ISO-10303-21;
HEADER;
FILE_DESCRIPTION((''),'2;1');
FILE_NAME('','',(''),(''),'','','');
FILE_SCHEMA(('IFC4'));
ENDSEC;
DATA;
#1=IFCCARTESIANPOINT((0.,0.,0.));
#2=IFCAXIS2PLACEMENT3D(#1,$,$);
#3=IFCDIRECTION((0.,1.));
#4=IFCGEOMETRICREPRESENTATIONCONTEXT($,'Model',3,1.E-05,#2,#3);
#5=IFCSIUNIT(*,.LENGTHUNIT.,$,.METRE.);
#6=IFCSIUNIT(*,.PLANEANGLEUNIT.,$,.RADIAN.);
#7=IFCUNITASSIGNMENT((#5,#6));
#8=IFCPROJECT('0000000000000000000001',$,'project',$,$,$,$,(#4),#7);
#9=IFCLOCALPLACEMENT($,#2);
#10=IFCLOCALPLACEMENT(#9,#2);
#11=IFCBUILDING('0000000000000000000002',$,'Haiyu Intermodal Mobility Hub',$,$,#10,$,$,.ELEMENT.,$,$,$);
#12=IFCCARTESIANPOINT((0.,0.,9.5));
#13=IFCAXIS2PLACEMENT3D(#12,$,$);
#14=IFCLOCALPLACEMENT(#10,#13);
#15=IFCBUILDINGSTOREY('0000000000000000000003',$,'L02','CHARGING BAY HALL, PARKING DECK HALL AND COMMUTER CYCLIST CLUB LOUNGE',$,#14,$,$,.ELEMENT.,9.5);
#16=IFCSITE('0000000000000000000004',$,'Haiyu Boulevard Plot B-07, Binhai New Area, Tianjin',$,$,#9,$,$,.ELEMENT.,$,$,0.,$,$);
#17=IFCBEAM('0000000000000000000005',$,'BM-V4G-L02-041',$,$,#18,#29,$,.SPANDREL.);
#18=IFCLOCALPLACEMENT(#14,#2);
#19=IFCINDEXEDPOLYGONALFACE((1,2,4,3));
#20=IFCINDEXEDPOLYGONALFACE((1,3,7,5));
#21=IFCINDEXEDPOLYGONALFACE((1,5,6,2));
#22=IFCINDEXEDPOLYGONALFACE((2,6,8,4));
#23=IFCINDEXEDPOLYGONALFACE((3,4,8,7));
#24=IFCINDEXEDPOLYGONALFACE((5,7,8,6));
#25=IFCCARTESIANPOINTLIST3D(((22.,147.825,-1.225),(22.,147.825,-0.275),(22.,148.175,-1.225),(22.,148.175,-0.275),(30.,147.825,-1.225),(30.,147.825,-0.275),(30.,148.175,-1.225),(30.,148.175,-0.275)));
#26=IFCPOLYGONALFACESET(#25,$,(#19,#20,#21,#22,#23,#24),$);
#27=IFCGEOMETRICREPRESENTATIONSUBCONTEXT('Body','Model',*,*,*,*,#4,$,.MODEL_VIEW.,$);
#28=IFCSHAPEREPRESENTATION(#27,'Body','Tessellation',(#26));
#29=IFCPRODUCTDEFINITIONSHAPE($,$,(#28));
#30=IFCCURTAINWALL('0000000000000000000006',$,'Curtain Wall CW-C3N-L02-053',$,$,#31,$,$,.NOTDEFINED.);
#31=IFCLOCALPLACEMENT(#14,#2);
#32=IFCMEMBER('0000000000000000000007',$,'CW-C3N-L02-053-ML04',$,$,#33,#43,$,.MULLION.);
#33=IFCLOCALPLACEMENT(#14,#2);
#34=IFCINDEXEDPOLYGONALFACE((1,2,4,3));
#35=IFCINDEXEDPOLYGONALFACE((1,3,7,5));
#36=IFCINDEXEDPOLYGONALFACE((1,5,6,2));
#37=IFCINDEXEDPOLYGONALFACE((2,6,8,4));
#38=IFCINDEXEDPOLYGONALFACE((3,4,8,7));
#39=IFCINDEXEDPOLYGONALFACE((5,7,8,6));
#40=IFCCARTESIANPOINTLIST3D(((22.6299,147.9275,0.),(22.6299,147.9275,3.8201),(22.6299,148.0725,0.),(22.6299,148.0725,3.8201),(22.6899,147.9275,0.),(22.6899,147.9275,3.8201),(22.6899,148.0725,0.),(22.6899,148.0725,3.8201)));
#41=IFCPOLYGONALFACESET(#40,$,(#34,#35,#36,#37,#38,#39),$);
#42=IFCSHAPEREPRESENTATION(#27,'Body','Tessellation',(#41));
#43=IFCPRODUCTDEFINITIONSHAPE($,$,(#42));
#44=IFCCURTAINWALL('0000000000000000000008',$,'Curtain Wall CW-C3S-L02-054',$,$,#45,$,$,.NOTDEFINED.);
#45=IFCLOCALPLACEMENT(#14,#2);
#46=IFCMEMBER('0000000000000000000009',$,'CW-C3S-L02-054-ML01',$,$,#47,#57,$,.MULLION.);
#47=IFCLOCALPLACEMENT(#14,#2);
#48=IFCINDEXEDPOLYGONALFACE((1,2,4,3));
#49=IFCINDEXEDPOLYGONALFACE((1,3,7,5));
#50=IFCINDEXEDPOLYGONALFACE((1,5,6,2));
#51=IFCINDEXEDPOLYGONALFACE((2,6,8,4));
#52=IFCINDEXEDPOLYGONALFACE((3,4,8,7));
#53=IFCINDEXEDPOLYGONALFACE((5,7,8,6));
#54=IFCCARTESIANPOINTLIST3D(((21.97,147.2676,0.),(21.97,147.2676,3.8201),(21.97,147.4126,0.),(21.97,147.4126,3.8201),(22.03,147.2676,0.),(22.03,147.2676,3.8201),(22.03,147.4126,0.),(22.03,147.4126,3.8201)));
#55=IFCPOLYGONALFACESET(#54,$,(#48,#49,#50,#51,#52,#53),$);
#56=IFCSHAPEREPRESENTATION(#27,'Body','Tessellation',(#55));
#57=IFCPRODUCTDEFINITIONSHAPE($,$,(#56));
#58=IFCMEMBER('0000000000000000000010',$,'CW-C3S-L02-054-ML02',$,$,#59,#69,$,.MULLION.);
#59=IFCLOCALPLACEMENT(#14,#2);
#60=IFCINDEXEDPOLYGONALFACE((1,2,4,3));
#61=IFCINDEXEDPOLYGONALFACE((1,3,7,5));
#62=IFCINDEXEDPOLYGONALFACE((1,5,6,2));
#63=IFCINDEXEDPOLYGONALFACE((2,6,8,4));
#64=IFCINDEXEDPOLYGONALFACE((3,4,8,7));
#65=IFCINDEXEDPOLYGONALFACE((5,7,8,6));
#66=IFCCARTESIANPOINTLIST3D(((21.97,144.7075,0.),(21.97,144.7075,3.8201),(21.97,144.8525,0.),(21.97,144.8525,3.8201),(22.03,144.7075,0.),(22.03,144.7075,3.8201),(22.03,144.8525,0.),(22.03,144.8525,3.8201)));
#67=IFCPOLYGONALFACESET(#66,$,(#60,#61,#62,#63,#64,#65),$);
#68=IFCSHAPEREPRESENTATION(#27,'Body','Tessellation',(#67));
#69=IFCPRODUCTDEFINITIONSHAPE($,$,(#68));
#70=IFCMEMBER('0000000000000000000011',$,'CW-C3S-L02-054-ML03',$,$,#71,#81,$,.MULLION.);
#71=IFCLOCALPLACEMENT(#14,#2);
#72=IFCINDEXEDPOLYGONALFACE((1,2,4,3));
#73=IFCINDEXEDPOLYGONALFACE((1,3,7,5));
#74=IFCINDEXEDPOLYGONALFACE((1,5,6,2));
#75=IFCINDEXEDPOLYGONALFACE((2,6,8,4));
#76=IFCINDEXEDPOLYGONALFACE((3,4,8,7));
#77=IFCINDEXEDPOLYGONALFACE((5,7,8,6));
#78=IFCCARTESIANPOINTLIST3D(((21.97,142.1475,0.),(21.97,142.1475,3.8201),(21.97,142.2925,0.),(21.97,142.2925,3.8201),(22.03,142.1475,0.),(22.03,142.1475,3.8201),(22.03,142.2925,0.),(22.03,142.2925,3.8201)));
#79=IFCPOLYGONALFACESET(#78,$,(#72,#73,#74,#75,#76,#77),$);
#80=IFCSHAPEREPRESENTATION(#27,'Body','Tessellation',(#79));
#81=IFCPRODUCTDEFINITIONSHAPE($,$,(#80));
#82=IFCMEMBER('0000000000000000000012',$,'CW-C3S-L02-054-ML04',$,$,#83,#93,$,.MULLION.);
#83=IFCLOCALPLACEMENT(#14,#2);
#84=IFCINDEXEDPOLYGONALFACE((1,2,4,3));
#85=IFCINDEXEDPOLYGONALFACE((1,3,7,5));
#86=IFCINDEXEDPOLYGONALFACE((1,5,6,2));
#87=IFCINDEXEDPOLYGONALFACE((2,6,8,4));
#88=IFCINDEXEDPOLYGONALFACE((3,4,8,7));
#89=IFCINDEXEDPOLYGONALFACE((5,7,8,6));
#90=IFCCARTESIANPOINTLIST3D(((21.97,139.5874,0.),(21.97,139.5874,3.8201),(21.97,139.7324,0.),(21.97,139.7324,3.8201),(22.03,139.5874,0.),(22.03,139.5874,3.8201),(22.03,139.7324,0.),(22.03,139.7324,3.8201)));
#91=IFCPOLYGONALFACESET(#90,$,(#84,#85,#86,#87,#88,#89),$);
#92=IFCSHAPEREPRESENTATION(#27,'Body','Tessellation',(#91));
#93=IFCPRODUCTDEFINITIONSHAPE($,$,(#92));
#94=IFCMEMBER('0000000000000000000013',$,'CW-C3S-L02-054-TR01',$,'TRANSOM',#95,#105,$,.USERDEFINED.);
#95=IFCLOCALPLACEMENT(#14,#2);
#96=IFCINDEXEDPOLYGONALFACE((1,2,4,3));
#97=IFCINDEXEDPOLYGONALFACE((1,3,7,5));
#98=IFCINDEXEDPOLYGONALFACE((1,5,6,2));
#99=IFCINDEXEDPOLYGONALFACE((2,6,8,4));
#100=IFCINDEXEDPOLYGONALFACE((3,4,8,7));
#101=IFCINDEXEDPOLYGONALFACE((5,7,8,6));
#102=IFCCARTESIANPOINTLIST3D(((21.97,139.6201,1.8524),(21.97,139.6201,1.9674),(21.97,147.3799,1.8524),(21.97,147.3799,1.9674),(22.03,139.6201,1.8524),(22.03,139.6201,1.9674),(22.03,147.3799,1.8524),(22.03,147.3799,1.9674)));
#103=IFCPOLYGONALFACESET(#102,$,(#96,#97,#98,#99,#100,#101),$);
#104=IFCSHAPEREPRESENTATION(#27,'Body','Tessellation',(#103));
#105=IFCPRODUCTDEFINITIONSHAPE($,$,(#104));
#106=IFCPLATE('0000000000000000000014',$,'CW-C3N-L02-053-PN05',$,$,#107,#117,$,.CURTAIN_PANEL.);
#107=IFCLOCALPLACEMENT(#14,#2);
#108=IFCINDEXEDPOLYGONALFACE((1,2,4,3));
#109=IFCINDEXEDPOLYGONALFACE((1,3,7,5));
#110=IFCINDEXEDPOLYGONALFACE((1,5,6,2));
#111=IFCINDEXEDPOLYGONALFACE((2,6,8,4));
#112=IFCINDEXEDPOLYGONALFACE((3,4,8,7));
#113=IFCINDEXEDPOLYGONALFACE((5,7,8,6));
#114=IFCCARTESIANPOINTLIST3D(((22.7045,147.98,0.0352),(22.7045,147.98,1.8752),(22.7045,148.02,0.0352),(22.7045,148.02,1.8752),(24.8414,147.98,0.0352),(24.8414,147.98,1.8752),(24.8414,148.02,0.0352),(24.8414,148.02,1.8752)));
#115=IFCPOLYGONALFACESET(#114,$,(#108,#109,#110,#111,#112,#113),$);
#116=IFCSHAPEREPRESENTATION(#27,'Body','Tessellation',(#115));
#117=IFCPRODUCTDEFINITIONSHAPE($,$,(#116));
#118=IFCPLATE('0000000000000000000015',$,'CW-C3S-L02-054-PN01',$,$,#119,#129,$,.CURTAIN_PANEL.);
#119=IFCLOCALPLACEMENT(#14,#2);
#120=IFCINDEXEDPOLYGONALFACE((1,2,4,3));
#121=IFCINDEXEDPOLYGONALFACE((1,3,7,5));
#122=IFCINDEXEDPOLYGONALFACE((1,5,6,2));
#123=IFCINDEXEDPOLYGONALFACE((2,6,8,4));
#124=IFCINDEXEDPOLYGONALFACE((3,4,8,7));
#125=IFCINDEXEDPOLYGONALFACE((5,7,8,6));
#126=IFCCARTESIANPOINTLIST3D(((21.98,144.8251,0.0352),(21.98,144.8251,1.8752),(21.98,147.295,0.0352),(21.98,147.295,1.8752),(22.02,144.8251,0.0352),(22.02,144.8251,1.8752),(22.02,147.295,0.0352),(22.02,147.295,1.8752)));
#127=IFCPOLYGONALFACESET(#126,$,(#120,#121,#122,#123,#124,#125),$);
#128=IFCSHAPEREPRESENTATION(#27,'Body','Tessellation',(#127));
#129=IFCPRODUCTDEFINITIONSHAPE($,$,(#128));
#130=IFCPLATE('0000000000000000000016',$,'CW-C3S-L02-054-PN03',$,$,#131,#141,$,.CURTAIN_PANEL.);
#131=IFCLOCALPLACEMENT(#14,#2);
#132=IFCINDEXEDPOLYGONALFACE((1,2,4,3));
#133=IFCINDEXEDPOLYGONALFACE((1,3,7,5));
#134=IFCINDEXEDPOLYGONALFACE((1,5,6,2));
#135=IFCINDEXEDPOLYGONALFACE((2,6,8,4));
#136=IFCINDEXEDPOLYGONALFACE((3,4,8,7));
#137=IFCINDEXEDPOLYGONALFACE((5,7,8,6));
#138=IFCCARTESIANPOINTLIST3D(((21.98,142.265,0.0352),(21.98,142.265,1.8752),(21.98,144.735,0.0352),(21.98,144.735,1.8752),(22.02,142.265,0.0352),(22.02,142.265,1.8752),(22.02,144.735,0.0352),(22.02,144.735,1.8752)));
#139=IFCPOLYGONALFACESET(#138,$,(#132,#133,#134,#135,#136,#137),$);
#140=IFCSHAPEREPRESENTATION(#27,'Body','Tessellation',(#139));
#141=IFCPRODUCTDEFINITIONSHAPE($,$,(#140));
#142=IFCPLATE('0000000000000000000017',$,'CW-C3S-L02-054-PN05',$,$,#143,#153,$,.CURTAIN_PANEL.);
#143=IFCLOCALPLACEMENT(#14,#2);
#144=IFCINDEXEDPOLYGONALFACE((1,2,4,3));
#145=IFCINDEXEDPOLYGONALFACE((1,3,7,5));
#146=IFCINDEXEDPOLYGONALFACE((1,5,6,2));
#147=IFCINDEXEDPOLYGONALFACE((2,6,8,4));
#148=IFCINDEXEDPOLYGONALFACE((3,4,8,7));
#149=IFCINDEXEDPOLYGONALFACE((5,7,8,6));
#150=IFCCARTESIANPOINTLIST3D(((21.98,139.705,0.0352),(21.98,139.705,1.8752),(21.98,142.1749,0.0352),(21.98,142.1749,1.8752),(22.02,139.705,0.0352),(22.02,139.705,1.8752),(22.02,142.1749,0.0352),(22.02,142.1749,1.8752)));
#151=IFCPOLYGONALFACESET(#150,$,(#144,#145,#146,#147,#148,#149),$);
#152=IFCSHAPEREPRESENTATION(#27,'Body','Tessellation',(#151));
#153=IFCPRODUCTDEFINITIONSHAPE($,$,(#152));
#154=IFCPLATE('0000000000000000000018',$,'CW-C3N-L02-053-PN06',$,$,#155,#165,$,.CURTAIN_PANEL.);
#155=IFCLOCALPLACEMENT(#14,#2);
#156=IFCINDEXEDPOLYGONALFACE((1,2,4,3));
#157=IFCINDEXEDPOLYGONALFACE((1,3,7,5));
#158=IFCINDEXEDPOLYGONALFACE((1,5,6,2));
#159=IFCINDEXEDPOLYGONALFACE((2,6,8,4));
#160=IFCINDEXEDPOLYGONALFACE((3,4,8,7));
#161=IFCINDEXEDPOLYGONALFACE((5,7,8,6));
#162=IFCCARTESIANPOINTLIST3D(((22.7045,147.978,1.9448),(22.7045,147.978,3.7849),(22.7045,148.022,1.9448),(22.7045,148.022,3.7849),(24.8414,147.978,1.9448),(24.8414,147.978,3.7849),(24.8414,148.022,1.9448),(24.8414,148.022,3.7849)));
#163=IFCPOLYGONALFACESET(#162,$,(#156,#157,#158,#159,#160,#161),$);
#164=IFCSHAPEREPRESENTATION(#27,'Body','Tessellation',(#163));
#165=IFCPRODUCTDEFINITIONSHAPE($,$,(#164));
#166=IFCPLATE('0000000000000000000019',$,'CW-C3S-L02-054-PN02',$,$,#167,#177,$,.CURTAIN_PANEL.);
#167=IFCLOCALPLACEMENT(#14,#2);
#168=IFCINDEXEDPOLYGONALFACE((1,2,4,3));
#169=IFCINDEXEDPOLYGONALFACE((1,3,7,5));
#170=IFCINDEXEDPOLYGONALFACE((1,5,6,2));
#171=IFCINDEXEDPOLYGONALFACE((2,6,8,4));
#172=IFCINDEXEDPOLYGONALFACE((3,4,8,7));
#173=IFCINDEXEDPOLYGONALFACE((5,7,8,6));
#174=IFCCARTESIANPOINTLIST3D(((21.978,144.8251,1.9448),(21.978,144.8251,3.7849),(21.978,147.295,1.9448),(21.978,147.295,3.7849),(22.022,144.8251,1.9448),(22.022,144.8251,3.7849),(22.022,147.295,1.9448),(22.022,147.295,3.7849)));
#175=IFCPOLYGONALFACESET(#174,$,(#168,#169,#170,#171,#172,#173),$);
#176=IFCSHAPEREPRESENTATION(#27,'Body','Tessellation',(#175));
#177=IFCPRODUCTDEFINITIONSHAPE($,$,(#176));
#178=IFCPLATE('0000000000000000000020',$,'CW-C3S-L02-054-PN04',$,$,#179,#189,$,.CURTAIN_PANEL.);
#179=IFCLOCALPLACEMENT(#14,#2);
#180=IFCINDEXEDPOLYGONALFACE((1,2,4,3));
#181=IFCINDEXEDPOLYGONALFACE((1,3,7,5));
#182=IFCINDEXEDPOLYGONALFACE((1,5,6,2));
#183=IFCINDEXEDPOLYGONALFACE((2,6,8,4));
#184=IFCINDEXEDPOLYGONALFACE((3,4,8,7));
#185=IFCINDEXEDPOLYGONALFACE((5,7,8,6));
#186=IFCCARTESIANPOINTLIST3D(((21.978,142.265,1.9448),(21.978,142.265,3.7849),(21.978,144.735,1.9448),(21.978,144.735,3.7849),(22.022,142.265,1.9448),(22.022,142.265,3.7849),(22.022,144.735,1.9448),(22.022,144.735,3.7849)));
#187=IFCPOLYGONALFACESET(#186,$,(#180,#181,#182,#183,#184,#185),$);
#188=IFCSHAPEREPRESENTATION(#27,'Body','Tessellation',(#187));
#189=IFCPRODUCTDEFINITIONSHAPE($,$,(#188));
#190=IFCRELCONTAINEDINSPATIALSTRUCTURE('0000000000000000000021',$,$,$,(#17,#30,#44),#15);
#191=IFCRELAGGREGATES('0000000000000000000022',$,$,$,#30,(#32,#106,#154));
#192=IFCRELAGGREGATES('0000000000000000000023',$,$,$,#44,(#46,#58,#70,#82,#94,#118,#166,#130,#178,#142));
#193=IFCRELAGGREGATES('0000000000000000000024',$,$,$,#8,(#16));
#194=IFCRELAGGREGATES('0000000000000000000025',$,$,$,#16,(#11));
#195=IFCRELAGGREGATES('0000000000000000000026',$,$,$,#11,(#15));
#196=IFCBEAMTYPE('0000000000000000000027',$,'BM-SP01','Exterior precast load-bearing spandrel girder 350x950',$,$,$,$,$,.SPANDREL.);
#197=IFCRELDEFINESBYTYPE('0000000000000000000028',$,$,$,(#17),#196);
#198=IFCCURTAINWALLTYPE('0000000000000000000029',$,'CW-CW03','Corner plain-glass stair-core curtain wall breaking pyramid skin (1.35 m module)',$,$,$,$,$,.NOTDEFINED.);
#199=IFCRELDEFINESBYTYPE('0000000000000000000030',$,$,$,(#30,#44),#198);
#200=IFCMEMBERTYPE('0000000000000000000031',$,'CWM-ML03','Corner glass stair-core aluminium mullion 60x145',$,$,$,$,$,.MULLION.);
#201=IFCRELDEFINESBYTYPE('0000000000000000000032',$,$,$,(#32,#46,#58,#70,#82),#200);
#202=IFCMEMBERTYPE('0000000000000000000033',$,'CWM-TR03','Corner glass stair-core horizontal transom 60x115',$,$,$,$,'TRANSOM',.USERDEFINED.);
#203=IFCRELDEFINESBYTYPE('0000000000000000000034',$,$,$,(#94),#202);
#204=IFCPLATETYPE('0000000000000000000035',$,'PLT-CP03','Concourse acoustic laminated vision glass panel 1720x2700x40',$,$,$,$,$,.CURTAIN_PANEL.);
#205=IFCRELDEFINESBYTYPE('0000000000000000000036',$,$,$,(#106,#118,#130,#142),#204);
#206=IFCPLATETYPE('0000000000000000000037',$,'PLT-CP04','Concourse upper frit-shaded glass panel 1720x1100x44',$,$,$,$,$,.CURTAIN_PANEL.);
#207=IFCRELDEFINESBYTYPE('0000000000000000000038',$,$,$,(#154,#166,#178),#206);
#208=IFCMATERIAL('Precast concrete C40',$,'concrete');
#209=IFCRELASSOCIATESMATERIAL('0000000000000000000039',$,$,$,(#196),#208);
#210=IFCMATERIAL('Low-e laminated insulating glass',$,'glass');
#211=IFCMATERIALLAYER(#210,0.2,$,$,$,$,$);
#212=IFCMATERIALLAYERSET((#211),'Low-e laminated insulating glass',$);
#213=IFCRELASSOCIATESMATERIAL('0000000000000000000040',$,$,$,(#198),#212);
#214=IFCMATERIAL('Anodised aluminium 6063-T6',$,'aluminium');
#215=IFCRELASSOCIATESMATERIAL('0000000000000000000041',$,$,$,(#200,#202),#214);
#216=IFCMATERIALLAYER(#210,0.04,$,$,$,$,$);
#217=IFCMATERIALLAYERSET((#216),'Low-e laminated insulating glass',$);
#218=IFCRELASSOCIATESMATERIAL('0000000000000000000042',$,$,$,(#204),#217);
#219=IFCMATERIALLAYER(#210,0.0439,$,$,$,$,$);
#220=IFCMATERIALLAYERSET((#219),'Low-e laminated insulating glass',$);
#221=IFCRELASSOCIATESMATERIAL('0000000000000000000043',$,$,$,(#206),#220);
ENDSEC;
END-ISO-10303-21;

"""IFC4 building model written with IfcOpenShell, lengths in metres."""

from ifc_helpers import new_model, si_unit, direction, frame, origin, origin_2d, place, context, subcontext, project, spatial, rectangle, extrude, material, layer, layer_set, material_profile, profile_set, type_object, element, aggregate, save


model = new_model("IFC4")

# Units and contexts
model_context = context("Model", 3, precision=1e-05, world=origin(), true_north=direction((0.0, 1.0)))
body_context = subcontext(model_context, "Body", "Model", "MODEL_VIEW")
ifc_project = project(units=[si_unit("LENGTHUNIT", "METRE"), si_unit("PLANEANGLEUNIT", "RADIAN")], contexts=[model_context])

# Site, building, storey
site_placement = place(None, origin())
site = spatial("IfcSite", under=ifc_project, at=site_placement, Name="Haiyu Boulevard Plot B-07, Binhai New Area, Tianjin", CompositionType="ELEMENT", RefElevation=0.0)
building_placement = place(site_placement, origin())
building = spatial("IfcBuilding", under=site, at=building_placement, Name="Haiyu Intermodal Mobility Hub", CompositionType="ELEMENT")
storey_placement = place(building_placement, frame((0.0, 0.0, 9.5)))
storey = spatial("IfcBuildingStorey", under=building, at=storey_placement, Name="L02", Description="CHARGING BAY HALL, PARKING DECK HALL AND COMMUTER CYCLIST CLUB LOUNGE", CompositionType="ELEMENT", Elevation=9.5)

# Beam
ifc_material_1 = material(Name="Precast concrete C40", Category="concrete")
ifc_material_profile_1 = material_profile(ifc_material_1, rectangle(XDim=0.3501, YDim=0.95, at=origin_2d()), Name="PC350x950")
ifc_profile_set_1 = profile_set([ifc_material_profile_1], Name="Precast concrete C40")
beam_type_1 = type_object("IfcBeamType", Name="BM-SP01", Description="Exterior precast load-bearing spandrel girder 350x950", PredefinedType="SPANDREL", material=ifc_profile_set_1)
beam_1_placement = place(storey_placement, frame((22.0, 148.0, -0.75), z_axis=(1.0, 0.0, 0.0), x_axis=(0.0, 1.0, 0.0)))
element("IfcBeam", 1, at=beam_1_placement, inside=storey, type_object=beam_type_1, Name="BM-V4G-L02-041", PredefinedType="SPANDREL", context=body_context, shape_type="SweptSolid", body=[
    extrude(rectangle(XDim=0.3501, YDim=0.95, at=origin_2d()), origin(), (0.0, 0.0, 1.0), 8.0),
])

# Curtain wall, member
ifc_material_2 = material(Name="Low-e laminated insulating glass", Category="glass")
ifc_layer_1 = layer(ifc_material_2, 0.2)
ifc_layer_set_1 = layer_set([ifc_layer_1], Name="Low-e laminated insulating glass")
curtain_wall_type = type_object("IfcCurtainWallType", Name="CW-CW03", Description="Corner plain-glass stair-core curtain wall breaking pyramid skin (1.35 m module)", PredefinedType="NOTDEFINED", material=ifc_layer_set_1)
curtain_wall_1_placement = place(storey_placement, origin())
curtain_wall_1 = element("IfcCurtainWall", 2, at=curtain_wall_1_placement, inside=storey, type_object=curtain_wall_type, Name="Curtain Wall CW-C3N-L02-053", PredefinedType="NOTDEFINED")
ifc_material_3 = material(Name="Anodised aluminium 6063-T6", Category="aluminium")
ifc_material_profile_2 = material_profile(ifc_material_3, rectangle(XDim=0.0601, YDim=0.145, at=origin_2d()), Name="ALU60x145")
ifc_profile_set_2 = profile_set([ifc_material_profile_2], Name="Anodised aluminium 6063-T6")
member_type_1 = type_object("IfcMemberType", Name="CWM-ML03", Description="Corner glass stair-core aluminium mullion 60x145", PredefinedType="MULLION", material=ifc_profile_set_2)
member_1_placement = place(storey_placement, frame((22.6599, 148.0, 0.0), z_axis=(0.0, 0.0, 1.0), x_axis=(1.0, 0.0, 0.0)))
member_1 = element("IfcMember", 3, at=member_1_placement, type_object=member_type_1, Name="CW-C3N-L02-053-ML04", PredefinedType="MULLION", context=body_context, shape_type="SweptSolid", body=[
    extrude(rectangle(XDim=0.0601, YDim=0.145, at=origin_2d()), origin(), (0.0, 0.0, 1.0), 3.8201),
])

# Curtain wall, members
curtain_wall_2_placement = place(storey_placement, origin())
curtain_wall_2 = element("IfcCurtainWall", 4, at=curtain_wall_2_placement, inside=storey, type_object=curtain_wall_type, Name="Curtain Wall CW-C3S-L02-054", PredefinedType="NOTDEFINED")
member_2_placement = place(storey_placement, frame((22.0, 147.3401, 0.0), z_axis=(0.0, 0.0, 1.0), x_axis=(1.0, 0.0, 0.0)))
member_2 = element("IfcMember", 5, at=member_2_placement, type_object=member_type_1, Name="CW-C3S-L02-054-ML01", PredefinedType="MULLION", context=body_context, shape_type="SweptSolid", body=[
    extrude(rectangle(XDim=0.0601, YDim=0.145, at=origin_2d()), origin(), (0.0, 0.0, 1.0), 3.8201),
])
member_3_placement = place(storey_placement, frame((22.0, 144.78, 0.0), z_axis=(0.0, 0.0, 1.0), x_axis=(1.0, 0.0, 0.0)))
member_3 = element("IfcMember", 6, at=member_3_placement, type_object=member_type_1, Name="CW-C3S-L02-054-ML02", PredefinedType="MULLION", context=body_context, shape_type="SweptSolid", body=[
    extrude(rectangle(XDim=0.0601, YDim=0.145, at=origin_2d()), origin(), (0.0, 0.0, 1.0), 3.8201),
])
member_4_placement = place(storey_placement, frame((22.0, 142.22, 0.0), z_axis=(0.0, 0.0, 1.0), x_axis=(1.0, 0.0, 0.0)))
member_4 = element("IfcMember", 7, at=member_4_placement, type_object=member_type_1, Name="CW-C3S-L02-054-ML03", PredefinedType="MULLION", context=body_context, shape_type="SweptSolid", body=[
    extrude(rectangle(XDim=0.0601, YDim=0.145, at=origin_2d()), origin(), (0.0, 0.0, 1.0), 3.8201),
])
member_5_placement = place(storey_placement, frame((22.0, 139.6599, 0.0), z_axis=(0.0, 0.0, 1.0), x_axis=(1.0, 0.0, 0.0)))
member_5 = element("IfcMember", 8, at=member_5_placement, type_object=member_type_1, Name="CW-C3S-L02-054-ML04", PredefinedType="MULLION", context=body_context, shape_type="SweptSolid", body=[
    extrude(rectangle(XDim=0.0601, YDim=0.145, at=origin_2d()), origin(), (0.0, 0.0, 1.0), 3.8201),
])
ifc_material_profile_3 = material_profile(ifc_material_3, rectangle(XDim=0.0601, YDim=0.115, at=origin_2d()), Name="ALU60x115")
ifc_profile_set_3 = profile_set([ifc_material_profile_3], Name="Anodised aluminium 6063-T6")
member_type_2 = type_object("IfcMemberType", Name="CWM-TR03", Description="Corner glass stair-core horizontal transom 60x115", ElementType="TRANSOM", PredefinedType="USERDEFINED", material=ifc_profile_set_3)
member_6_placement = place(storey_placement, frame((22.0, 147.3799, 1.9099), z_axis=(0.0, -1.0, 0.0), x_axis=(1.0, 0.0, 0.0)))
member_6 = element("IfcMember", 9, at=member_6_placement, type_object=member_type_2, Name="CW-C3S-L02-054-TR01", ObjectType="TRANSOM", PredefinedType="USERDEFINED", context=body_context, shape_type="SweptSolid", body=[
    extrude(rectangle(XDim=0.0601, YDim=0.115, at=origin_2d()), origin(), (0.0, 0.0, 1.0), 7.7598),
])

# Plates
ifc_layer_2 = layer(ifc_material_2, 0.04)
ifc_layer_set_2 = layer_set([ifc_layer_2], Name="Low-e laminated insulating glass")
plate_type_1 = type_object("IfcPlateType", Name="PLT-CP03", Description="Concourse acoustic laminated vision glass panel 1720x2700x40", PredefinedType="CURTAIN_PANEL", material=ifc_layer_set_2)
plate_1_placement = place(storey_placement, frame((23.7729, 148.0, 0.0352), z_axis=(0.0, 0.0, 1.0), x_axis=(-1.0, 0.0, 0.0)))
plate_1 = element("IfcPlate", 10, at=plate_1_placement, type_object=plate_type_1, Name="CW-C3N-L02-053-PN05", PredefinedType="CURTAIN_PANEL", context=body_context, shape_type="SweptSolid", body=[
    extrude(rectangle(XDim=2.137, YDim=0.04, at=origin_2d()), origin(), (0.0, 0.0, 1.0), 1.8401),
])
plate_2_placement = place(storey_placement, frame((22.0, 146.0601, 0.0352), z_axis=(0.0, 0.0, 1.0), x_axis=(0.0, -1.0, 0.0)))
plate_2 = element("IfcPlate", 11, at=plate_2_placement, type_object=plate_type_1, Name="CW-C3S-L02-054-PN01", PredefinedType="CURTAIN_PANEL", context=body_context, shape_type="SweptSolid", body=[
    extrude(rectangle(XDim=2.47, YDim=0.04, at=origin_2d()), origin(), (0.0, 0.0, 1.0), 1.8401),
])
plate_3_placement = place(storey_placement, frame((22.0, 143.5, 0.0352), z_axis=(0.0, 0.0, 1.0), x_axis=(0.0, -1.0, 0.0)))
plate_3 = element("IfcPlate", 12, at=plate_3_placement, type_object=plate_type_1, Name="CW-C3S-L02-054-PN03", PredefinedType="CURTAIN_PANEL", context=body_context, shape_type="SweptSolid", body=[
    extrude(rectangle(XDim=2.47, YDim=0.04, at=origin_2d()), origin(), (0.0, 0.0, 1.0), 1.8401),
])
plate_4_placement = place(storey_placement, frame((22.0, 140.9399, 0.0352), z_axis=(0.0, 0.0, 1.0), x_axis=(0.0, -1.0, 0.0)))
plate_4 = element("IfcPlate", 13, at=plate_4_placement, type_object=plate_type_1, Name="CW-C3S-L02-054-PN05", PredefinedType="CURTAIN_PANEL", context=body_context, shape_type="SweptSolid", body=[
    extrude(rectangle(XDim=2.47, YDim=0.04, at=origin_2d()), origin(), (0.0, 0.0, 1.0), 1.8401),
])
ifc_layer_3 = layer(ifc_material_2, 0.0439)
ifc_layer_set_3 = layer_set([ifc_layer_3], Name="Low-e laminated insulating glass")
plate_type_2 = type_object("IfcPlateType", Name="PLT-CP04", Description="Concourse upper frit-shaded glass panel 1720x1100x44", PredefinedType="CURTAIN_PANEL", material=ifc_layer_set_3)
plate_5_placement = place(storey_placement, frame((23.7729, 148.0, 1.9448), z_axis=(0.0, 0.0, 1.0), x_axis=(-1.0, 0.0, 0.0)))
plate_5 = element("IfcPlate", 14, at=plate_5_placement, type_object=plate_type_2, Name="CW-C3N-L02-053-PN06", PredefinedType="CURTAIN_PANEL", context=body_context, shape_type="SweptSolid", body=[
    extrude(rectangle(XDim=2.137, YDim=0.0439, at=origin_2d()), origin(), (0.0, 0.0, 1.0), 1.8401),
])
aggregate(curtain_wall_1, [member_1, plate_1, plate_5])
plate_6_placement = place(storey_placement, frame((22.0, 146.0601, 1.9448), z_axis=(0.0, 0.0, 1.0), x_axis=(0.0, -1.0, 0.0)))
plate_6 = element("IfcPlate", 15, at=plate_6_placement, type_object=plate_type_2, Name="CW-C3S-L02-054-PN02", PredefinedType="CURTAIN_PANEL", context=body_context, shape_type="SweptSolid", body=[
    extrude(rectangle(XDim=2.47, YDim=0.0439, at=origin_2d()), origin(), (0.0, 0.0, 1.0), 1.8401),
])
plate_7_placement = place(storey_placement, frame((22.0, 143.5, 1.9448), z_axis=(0.0, 0.0, 1.0), x_axis=(0.0, -1.0, 0.0)))
plate_7 = element("IfcPlate", 16, at=plate_7_placement, type_object=plate_type_2, Name="CW-C3S-L02-054-PN04", PredefinedType="CURTAIN_PANEL", context=body_context, shape_type="SweptSolid", body=[
    extrude(rectangle(XDim=2.47, YDim=0.0439, at=origin_2d()), origin(), (0.0, 0.0, 1.0), 1.8401),
])
aggregate(curtain_wall_2, [member_2, member_3, member_4, member_5, member_6, plate_2, plate_6, plate_3, plate_7, plate_4])

save(model, "model.ifc")
